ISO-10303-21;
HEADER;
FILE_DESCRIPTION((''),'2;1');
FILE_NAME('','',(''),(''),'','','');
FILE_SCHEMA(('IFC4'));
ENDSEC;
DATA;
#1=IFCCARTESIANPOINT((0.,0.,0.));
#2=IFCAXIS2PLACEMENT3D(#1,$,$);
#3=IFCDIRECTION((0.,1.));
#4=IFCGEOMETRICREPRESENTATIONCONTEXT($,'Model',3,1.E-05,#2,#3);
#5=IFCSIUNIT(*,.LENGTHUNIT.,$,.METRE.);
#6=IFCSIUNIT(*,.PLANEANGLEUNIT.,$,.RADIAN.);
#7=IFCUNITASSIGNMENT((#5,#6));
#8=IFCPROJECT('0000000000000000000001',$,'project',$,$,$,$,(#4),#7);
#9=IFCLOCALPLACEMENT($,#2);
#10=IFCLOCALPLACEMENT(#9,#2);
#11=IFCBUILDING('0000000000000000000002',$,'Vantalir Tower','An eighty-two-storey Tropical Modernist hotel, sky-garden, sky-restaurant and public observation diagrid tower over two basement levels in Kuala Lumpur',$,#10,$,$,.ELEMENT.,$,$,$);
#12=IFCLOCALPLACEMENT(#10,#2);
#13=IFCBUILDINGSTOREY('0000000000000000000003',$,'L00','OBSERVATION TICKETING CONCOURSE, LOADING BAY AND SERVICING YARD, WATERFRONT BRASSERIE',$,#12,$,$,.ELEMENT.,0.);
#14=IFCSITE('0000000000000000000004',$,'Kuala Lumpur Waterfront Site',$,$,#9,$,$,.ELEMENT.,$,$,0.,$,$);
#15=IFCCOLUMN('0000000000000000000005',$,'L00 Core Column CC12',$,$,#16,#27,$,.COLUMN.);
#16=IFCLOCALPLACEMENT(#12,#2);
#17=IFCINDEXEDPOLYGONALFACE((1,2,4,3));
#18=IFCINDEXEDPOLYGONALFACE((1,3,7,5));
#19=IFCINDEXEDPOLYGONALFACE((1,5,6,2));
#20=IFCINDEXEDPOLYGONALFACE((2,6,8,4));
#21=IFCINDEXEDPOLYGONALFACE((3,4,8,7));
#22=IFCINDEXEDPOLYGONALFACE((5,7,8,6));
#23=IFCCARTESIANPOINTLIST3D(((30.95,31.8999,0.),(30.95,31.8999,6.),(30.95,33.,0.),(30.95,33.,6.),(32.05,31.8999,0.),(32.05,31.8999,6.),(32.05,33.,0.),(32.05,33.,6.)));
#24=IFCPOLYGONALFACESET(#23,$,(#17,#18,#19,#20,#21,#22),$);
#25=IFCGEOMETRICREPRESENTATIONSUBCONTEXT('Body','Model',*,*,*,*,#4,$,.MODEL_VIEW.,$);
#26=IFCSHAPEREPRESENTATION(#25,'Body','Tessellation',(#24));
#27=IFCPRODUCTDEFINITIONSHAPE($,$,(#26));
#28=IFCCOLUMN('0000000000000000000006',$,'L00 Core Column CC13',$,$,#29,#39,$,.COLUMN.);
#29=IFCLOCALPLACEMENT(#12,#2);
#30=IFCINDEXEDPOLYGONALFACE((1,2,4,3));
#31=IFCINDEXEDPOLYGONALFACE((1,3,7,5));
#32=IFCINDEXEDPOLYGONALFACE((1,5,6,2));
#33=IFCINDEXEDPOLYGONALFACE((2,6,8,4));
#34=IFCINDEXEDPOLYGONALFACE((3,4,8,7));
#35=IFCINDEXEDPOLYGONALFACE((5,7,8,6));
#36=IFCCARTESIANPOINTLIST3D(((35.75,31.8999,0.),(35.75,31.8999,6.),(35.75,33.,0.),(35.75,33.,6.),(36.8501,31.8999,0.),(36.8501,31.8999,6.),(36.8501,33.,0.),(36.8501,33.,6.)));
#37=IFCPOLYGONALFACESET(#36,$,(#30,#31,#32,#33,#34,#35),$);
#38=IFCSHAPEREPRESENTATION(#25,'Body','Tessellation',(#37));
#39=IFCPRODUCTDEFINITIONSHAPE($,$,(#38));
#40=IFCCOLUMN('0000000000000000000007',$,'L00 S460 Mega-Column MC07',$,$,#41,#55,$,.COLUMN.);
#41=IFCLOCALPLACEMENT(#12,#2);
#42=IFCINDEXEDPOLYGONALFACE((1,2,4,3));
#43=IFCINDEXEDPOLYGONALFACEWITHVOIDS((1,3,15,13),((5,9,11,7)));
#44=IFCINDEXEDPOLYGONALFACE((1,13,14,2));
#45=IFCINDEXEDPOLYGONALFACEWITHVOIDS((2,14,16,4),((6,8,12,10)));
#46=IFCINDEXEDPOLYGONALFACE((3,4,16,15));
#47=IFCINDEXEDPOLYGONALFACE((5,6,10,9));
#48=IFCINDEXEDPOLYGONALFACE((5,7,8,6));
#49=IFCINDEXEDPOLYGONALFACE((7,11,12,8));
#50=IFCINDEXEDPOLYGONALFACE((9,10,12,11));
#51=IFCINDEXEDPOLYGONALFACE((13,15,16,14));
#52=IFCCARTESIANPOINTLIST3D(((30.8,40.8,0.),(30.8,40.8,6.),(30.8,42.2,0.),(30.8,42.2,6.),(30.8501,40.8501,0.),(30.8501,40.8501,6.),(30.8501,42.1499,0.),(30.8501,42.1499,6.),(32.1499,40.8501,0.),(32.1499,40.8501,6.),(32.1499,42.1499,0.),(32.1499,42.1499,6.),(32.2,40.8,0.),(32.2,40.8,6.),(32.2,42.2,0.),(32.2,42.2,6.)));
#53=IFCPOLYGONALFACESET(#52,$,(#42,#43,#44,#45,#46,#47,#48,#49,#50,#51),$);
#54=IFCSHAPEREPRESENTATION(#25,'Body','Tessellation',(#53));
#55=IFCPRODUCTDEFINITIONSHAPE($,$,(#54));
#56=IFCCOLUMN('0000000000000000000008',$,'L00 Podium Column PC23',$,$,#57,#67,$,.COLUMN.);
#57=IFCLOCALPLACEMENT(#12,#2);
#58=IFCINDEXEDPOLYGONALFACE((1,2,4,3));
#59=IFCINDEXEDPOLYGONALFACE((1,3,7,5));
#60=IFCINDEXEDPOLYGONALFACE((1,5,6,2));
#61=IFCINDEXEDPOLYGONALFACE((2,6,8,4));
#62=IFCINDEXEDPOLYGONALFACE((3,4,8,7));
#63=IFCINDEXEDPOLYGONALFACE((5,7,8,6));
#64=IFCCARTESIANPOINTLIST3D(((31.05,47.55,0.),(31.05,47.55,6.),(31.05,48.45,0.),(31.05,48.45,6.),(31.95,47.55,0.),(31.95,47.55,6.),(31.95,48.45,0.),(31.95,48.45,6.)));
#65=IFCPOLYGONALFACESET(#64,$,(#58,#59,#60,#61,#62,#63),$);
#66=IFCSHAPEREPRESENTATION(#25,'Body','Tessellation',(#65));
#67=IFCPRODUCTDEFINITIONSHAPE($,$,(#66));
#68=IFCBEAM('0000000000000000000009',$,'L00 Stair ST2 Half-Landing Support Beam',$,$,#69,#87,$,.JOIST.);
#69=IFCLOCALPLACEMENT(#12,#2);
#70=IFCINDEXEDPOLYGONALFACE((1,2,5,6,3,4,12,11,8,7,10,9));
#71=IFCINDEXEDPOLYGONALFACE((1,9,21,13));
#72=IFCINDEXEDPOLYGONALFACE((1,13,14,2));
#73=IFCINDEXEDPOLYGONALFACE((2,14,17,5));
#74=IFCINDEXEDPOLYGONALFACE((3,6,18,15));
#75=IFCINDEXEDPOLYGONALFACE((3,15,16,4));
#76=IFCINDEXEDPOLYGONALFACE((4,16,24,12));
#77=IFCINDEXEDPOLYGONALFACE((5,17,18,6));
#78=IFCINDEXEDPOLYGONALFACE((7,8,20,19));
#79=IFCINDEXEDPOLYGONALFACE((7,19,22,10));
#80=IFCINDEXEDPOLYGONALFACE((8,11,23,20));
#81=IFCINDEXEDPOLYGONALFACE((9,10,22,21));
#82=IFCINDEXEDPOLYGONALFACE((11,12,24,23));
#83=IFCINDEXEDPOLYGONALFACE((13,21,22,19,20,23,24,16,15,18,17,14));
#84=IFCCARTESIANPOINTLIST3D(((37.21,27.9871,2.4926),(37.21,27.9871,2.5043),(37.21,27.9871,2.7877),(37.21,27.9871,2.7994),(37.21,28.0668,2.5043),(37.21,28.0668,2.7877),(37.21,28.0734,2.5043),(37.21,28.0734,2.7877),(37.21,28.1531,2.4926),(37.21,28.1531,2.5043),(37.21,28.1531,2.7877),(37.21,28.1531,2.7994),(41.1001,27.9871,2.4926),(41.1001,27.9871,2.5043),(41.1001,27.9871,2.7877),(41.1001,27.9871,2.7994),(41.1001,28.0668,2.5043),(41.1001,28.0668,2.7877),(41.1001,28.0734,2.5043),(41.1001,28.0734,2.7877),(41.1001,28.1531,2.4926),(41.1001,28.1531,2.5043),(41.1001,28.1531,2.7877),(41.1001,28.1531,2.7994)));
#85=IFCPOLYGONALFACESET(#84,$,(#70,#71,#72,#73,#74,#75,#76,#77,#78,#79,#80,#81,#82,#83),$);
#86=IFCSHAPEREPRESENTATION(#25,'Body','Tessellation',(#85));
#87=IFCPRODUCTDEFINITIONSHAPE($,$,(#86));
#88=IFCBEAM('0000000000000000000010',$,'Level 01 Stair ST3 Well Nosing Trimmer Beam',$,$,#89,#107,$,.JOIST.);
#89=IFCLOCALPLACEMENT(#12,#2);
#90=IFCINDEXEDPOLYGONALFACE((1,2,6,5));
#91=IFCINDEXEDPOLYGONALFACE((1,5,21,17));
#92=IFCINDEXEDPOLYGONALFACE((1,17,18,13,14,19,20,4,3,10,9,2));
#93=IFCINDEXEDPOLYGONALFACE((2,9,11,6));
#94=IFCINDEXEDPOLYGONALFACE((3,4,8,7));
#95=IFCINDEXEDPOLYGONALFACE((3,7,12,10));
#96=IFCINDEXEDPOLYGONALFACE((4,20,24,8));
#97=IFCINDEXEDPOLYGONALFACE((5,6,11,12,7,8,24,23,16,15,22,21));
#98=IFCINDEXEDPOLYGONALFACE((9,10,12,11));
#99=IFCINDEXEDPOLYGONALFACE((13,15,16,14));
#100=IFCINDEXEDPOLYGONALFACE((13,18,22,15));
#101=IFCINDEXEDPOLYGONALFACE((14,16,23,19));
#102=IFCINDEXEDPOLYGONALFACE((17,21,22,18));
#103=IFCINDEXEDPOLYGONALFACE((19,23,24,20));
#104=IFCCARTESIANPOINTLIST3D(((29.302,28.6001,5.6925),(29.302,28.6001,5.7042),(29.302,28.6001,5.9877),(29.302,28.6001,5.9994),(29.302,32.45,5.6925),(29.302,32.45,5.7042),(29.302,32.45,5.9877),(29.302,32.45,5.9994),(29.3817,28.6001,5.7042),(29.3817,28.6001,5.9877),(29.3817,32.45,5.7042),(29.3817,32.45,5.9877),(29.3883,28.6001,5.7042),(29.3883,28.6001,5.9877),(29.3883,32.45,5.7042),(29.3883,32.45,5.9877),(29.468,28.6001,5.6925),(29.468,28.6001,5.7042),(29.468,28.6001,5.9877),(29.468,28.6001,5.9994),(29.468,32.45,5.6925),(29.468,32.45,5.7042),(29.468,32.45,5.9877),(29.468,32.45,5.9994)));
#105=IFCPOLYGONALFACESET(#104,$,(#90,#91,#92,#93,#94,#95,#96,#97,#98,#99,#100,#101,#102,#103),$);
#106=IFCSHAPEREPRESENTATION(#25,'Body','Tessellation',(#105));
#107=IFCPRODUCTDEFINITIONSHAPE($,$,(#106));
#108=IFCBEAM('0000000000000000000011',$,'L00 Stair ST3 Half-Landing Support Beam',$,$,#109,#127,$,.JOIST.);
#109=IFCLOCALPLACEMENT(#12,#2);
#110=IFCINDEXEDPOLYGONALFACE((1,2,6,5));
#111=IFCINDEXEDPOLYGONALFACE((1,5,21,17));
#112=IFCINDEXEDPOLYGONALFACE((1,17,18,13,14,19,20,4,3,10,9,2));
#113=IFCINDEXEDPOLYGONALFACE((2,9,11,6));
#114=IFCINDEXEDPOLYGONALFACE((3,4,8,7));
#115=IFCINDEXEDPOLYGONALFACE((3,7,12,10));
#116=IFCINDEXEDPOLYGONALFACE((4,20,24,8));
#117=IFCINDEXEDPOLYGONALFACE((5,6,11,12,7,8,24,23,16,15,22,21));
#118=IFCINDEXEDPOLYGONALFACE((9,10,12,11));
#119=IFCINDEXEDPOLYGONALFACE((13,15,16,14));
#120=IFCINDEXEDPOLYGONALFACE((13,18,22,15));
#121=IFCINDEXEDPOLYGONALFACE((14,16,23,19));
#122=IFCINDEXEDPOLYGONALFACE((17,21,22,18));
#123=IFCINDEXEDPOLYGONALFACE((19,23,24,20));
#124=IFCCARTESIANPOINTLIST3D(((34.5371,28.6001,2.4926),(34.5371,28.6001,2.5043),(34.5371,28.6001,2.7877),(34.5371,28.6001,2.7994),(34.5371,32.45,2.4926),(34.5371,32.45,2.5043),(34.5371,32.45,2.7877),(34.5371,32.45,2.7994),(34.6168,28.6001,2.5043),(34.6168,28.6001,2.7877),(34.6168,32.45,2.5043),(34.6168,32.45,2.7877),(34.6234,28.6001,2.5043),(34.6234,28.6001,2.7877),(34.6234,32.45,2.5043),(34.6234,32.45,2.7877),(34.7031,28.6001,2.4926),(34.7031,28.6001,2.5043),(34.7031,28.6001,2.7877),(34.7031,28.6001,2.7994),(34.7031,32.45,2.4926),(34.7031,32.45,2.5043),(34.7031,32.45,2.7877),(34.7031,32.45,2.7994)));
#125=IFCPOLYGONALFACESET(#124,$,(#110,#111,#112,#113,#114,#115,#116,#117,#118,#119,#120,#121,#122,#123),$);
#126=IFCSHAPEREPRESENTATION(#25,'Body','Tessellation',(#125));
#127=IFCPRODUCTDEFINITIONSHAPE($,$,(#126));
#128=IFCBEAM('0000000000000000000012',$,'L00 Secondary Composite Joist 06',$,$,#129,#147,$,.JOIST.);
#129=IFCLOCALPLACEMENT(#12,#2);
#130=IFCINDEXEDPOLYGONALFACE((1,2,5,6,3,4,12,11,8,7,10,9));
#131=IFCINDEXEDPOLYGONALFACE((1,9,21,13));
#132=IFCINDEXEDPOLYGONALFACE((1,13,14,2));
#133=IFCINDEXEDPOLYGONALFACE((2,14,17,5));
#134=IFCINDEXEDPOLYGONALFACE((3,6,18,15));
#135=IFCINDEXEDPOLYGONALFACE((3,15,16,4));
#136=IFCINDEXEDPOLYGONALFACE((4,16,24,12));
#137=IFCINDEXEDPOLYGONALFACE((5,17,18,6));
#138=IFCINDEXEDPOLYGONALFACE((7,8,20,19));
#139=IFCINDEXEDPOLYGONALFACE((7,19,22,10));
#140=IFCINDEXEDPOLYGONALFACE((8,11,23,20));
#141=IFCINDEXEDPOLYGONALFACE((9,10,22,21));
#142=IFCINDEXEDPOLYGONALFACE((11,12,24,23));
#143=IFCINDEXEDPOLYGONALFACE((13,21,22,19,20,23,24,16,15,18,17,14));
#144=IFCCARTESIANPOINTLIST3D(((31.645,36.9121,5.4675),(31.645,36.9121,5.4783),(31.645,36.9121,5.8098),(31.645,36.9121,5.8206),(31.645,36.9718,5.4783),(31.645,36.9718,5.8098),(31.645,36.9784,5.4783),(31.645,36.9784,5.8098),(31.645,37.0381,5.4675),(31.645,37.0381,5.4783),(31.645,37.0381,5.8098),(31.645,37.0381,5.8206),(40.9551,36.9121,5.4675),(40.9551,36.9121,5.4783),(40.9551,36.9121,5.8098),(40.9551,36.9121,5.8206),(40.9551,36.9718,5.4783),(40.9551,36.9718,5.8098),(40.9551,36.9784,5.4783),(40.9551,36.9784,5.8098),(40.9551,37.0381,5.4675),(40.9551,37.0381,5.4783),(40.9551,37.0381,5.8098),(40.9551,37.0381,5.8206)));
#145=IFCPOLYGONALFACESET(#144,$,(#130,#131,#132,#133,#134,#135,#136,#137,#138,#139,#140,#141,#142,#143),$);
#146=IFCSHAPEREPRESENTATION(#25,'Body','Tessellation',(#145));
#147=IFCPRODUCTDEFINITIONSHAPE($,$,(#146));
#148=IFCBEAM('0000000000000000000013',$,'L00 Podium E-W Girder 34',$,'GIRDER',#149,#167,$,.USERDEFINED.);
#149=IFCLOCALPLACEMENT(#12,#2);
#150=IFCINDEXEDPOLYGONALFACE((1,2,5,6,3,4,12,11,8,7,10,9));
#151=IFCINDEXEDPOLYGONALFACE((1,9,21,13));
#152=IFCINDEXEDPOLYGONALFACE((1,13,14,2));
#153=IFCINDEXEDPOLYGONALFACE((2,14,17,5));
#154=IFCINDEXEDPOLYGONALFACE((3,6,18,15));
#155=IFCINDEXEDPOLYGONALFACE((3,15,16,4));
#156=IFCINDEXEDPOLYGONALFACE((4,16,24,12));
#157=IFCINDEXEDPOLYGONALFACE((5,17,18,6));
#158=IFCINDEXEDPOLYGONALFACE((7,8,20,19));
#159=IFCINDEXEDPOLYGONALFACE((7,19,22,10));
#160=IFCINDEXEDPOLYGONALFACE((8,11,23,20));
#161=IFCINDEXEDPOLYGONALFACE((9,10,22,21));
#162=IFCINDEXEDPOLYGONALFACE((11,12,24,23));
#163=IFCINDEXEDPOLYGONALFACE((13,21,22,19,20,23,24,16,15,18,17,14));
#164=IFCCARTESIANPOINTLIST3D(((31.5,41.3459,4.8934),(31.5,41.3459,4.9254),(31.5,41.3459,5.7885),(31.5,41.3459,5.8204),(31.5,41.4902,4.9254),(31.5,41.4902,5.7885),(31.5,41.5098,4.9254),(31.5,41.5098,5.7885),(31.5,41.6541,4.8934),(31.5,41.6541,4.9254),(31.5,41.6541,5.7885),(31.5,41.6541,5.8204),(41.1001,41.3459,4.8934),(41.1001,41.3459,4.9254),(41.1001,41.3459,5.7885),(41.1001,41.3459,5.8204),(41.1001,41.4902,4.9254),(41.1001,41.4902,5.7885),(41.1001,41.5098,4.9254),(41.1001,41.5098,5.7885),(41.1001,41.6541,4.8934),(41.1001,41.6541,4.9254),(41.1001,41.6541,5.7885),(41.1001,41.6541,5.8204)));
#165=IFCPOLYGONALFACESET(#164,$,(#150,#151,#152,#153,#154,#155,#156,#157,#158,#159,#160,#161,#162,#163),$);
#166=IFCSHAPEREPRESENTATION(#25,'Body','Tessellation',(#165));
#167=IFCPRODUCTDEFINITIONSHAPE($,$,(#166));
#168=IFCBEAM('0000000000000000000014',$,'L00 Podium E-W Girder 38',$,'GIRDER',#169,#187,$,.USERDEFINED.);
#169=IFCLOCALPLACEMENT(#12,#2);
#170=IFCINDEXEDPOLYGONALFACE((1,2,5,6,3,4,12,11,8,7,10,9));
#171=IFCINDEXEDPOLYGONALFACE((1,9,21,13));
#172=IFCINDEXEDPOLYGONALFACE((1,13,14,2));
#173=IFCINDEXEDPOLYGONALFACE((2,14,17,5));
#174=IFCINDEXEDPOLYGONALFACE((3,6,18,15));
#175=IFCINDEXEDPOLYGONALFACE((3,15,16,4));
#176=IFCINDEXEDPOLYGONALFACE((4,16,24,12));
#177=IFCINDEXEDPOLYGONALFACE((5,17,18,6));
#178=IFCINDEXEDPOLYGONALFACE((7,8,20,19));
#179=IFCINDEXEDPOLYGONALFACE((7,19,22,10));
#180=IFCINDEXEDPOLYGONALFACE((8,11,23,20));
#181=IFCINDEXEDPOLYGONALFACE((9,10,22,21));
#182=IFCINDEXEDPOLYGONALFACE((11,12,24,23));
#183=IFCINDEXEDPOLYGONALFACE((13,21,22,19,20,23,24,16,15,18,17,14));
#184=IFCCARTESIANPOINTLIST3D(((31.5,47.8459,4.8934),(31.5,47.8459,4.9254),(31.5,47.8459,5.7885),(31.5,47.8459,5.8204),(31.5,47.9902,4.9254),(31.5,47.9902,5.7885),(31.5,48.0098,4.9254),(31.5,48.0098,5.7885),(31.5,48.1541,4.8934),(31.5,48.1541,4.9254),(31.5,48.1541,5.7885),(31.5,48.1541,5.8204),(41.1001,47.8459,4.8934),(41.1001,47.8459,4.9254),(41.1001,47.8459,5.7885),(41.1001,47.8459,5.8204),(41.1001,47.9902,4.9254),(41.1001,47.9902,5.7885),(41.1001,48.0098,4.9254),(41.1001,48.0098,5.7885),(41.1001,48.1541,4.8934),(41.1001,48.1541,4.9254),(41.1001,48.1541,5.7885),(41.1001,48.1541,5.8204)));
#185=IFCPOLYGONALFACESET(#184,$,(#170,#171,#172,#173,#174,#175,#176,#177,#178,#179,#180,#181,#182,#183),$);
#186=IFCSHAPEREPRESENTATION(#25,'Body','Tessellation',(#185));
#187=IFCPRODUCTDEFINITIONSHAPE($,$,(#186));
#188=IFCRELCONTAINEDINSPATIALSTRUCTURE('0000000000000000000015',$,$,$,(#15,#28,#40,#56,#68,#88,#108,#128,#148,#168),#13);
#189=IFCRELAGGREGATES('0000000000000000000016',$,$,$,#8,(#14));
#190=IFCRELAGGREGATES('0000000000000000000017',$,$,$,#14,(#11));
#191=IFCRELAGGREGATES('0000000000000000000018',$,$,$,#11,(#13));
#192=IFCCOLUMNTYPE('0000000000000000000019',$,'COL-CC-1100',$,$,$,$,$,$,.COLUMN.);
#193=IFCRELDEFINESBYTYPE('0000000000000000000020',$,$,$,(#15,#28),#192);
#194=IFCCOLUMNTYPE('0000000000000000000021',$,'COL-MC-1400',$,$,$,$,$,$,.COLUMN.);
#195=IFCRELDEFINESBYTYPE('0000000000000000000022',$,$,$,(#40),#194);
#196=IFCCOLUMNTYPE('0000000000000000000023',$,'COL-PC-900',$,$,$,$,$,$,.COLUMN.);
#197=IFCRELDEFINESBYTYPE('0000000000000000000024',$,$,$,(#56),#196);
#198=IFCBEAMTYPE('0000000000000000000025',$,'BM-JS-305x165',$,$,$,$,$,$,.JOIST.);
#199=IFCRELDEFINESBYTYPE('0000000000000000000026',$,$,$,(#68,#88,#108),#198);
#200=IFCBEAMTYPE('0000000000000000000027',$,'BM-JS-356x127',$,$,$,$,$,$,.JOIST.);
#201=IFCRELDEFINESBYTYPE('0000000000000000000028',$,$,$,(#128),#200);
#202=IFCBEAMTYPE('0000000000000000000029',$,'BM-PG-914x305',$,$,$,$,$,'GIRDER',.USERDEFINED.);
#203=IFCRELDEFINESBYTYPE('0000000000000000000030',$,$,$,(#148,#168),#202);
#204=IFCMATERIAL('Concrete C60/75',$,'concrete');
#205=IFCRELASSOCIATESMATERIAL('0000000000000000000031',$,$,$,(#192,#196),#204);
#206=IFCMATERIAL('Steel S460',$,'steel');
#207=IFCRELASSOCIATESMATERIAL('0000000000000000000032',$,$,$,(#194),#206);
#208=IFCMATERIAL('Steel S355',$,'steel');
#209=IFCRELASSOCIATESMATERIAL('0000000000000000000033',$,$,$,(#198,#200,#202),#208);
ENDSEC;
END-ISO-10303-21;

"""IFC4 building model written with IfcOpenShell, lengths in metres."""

from ifc_helpers import new_model, si_unit, direction, frame, origin, origin_2d, place, context, subcontext, project, spatial, rectangle, hollow_rectangle, i_section, extrude, material, material_profile, profile_set, type_object, element, save


model = new_model("IFC4")

# Units and contexts
model_context = context("Model", 3, precision=1e-05, world=origin(), true_north=direction((0.0, 1.0)))
body_context = subcontext(model_context, "Body", "Model", "MODEL_VIEW")
ifc_project = project(units=[si_unit("LENGTHUNIT", "METRE"), si_unit("PLANEANGLEUNIT", "RADIAN")], contexts=[model_context])

# Site, building, storey
site_placement = place(None, origin())
site = spatial("IfcSite", under=ifc_project, at=site_placement, Name="Kuala Lumpur Waterfront Site", CompositionType="ELEMENT", RefElevation=0.0)
building_placement = place(site_placement, origin())
building = spatial("IfcBuilding", under=site, at=building_placement, Name="Vantalir Tower", Description="An eighty-two-storey Tropical Modernist hotel, sky-garden, sky-restaurant and public observation diagrid tower over two basement levels in Kuala Lumpur", CompositionType="ELEMENT")
storey_placement = place(building_placement, origin())
storey = spatial("IfcBuildingStorey", under=building, at=storey_placement, Name="L00", Description="OBSERVATION TICKETING CONCOURSE, LOADING BAY AND SERVICING YARD, WATERFRONT BRASSERIE", CompositionType="ELEMENT", Elevation=0.0)

# Columns
ifc_material_1 = material(Name="Concrete C60/75", Category="concrete")
ifc_material_profile_1 = material_profile(ifc_material_1, rectangle(XDim=1.1001, YDim=1.1001, at=origin_2d()), Name="Concrete C60/75")
ifc_profile_set_1 = profile_set([ifc_material_profile_1], Name="Concrete C60/75")
column_type_1 = type_object("IfcColumnType", Name="COL-CC-1100", PredefinedType="COLUMN", material=ifc_profile_set_1)
for number, where, z_axis, x_axis, name in (
    (1, (31.5, 32.45, 0.0), (0.0, 0.0, 1.0), (1.0, 0.0, 0.0), "L00 Core Column CC12"),
    (2, (36.3, 32.45, 0.0), (0.0, 0.0, 1.0), (1.0, 0.0, 0.0), "L00 Core Column CC13"),
):
    element("IfcColumn", number, at=place(storey_placement, frame(where, z_axis=z_axis, x_axis=x_axis)), inside=storey, type_object=column_type_1, Name=name, PredefinedType="COLUMN", context=body_context, shape_type="SweptSolid", body=[
        extrude(rectangle(XDim=1.1001, YDim=1.1001, at=origin_2d()), origin(), (0.0, 0.0, 1.0), 6.0),
    ])
ifc_material_2 = material(Name="Steel S460", Category="steel")
ifc_material_profile_2 = material_profile(ifc_material_2, hollow_rectangle(XDim=1.3999, YDim=1.3999, WallThickness=0.05, at=origin_2d()), Name="Steel S460")
ifc_profile_set_2 = profile_set([ifc_material_profile_2], Name="Steel S460")
column_type_2 = type_object("IfcColumnType", Name="COL-MC-1400", PredefinedType="COLUMN", material=ifc_profile_set_2)
column_1_placement = place(storey_placement, frame((31.5, 41.5, 0.0), z_axis=(0.0, 0.0, 1.0), x_axis=(1.0, 0.0, 0.0)))
element("IfcColumn", 3, at=column_1_placement, inside=storey, type_object=column_type_2, Name="L00 S460 Mega-Column MC07", PredefinedType="COLUMN", context=body_context, shape_type="SweptSolid", body=[
    extrude(hollow_rectangle(XDim=1.3999, YDim=1.3999, WallThickness=0.05, at=origin_2d()), origin(), (0.0, 0.0, 1.0), 6.0),
])
ifc_material_profile_3 = material_profile(ifc_material_1, rectangle(XDim=0.8999, YDim=0.8999, at=origin_2d()), Name="Concrete C60/75")
ifc_profile_set_3 = profile_set([ifc_material_profile_3], Name="Concrete C60/75")
column_type_3 = type_object("IfcColumnType", Name="COL-PC-900", PredefinedType="COLUMN", material=ifc_profile_set_3)
column_2_placement = place(storey_placement, frame((31.5, 48.0, 0.0), z_axis=(0.0, 0.0, 1.0), x_axis=(1.0, 0.0, 0.0)))
element("IfcColumn", 4, at=column_2_placement, inside=storey, type_object=column_type_3, Name="L00 Podium Column PC23", PredefinedType="COLUMN", context=body_context, shape_type="SweptSolid", body=[
    extrude(rectangle(XDim=0.8999, YDim=0.8999, at=origin_2d()), origin(), (0.0, 0.0, 1.0), 6.0),
])

# Beams
ifc_material_3 = material(Name="Steel S355", Category="steel")
ifc_material_profile_4 = material_profile(ifc_material_3, i_section(OverallWidth=0.166, OverallDepth=0.3069, WebThickness=0.0066, FlangeThickness=0.0117, at=origin_2d()), Name="Steel S355")
ifc_profile_set_4 = profile_set([ifc_material_profile_4], Name="Steel S355")
beam_type_1 = type_object("IfcBeamType", Name="BM-JS-305x165", PredefinedType="JOIST", material=ifc_profile_set_4)
beam_1_placement = place(storey_placement, frame((37.21, 28.0701, 2.646), z_axis=(1.0, 0.0, 0.0), x_axis=(0.0, 1.0, 0.0)))
element("IfcBeam", 5, at=beam_1_placement, inside=storey, type_object=beam_type_1, Name="L00 Stair ST2 Half-Landing Support Beam", PredefinedType="JOIST", context=body_context, shape_type="SweptSolid", body=[
    extrude(i_section(OverallWidth=0.166, OverallDepth=0.3069, WebThickness=0.0066, FlangeThickness=0.0117, at=origin_2d()), origin(), (0.0, 0.0, 1.0), 3.8901),
])
for number, where, z_axis, x_axis, name in (
    (6, (29.385, 28.6001, 5.8459), (0.0, 1.0, 0.0), (-1.0, 0.0, 0.0), "Level 01 Stair ST3 Well Nosing Trimmer Beam"),
    (7, (34.6201, 28.6001, 2.646), (0.0, 1.0, 0.0), (-1.0, 0.0, 0.0), "L00 Stair ST3 Half-Landing Support Beam"),
):
    element("IfcBeam", number, at=place(storey_placement, frame(where, z_axis=z_axis, x_axis=x_axis)), inside=storey, type_object=beam_type_1, Name=name, PredefinedType="JOIST", context=body_context, shape_type="SweptSolid", body=[
        extrude(i_section(OverallWidth=0.166, OverallDepth=0.3069, WebThickness=0.0066, FlangeThickness=0.0117, at=origin_2d()), origin(), (0.0, 0.0, 1.0), 3.8499),
    ])
ifc_material_profile_5 = material_profile(ifc_material_3, i_section(OverallWidth=0.126, OverallDepth=0.353, WebThickness=0.0066, FlangeThickness=0.0107, at=origin_2d()), Name="Steel S355")
ifc_profile_set_5 = profile_set([ifc_material_profile_5], Name="Steel S355")
beam_type_2 = type_object("IfcBeamType", Name="BM-JS-356x127", PredefinedType="JOIST", material=ifc_profile_set_5)
beam_2_placement = place(storey_placement, frame((31.645, 36.9751, 5.644), z_axis=(1.0, 0.0, 0.0), x_axis=(0.0, 1.0, 0.0)))
element("IfcBeam", 8, at=beam_2_placement, inside=storey, type_object=beam_type_2, Name="L00 Secondary Composite Joist 06", PredefinedType="JOIST", context=body_context, shape_type="SweptSolid", body=[
    extrude(i_section(OverallWidth=0.126, OverallDepth=0.353, WebThickness=0.0066, FlangeThickness=0.0107, at=origin_2d()), origin(), (0.0, 0.0, 1.0), 9.3101),
])
ifc_material_profile_6 = material_profile(ifc_material_3, i_section(OverallWidth=0.3081, OverallDepth=0.927, WebThickness=0.0195, FlangeThickness=0.032, at=origin_2d()), Name="Steel S355")
ifc_profile_set_6 = profile_set([ifc_material_profile_6], Name="Steel S355")
beam_type_3 = type_object("IfcBeamType", Name="BM-PG-914x305", ElementType="GIRDER", PredefinedType="USERDEFINED", material=ifc_profile_set_6)
for number, where, z_axis, x_axis, name in (
    (9, (31.5, 41.5, 5.3569), (1.0, 0.0, 0.0), (0.0, 1.0, 0.0), "L00 Podium E-W Girder 34"),
    (10, (31.5, 48.0, 5.3569), (1.0, 0.0, 0.0), (0.0, 1.0, 0.0), "L00 Podium E-W Girder 38"),
):
    element("IfcBeam", number, at=place(storey_placement, frame(where, z_axis=z_axis, x_axis=x_axis)), inside=storey, type_object=beam_type_3, Name=name, ObjectType="GIRDER", PredefinedType="USERDEFINED", context=body_context, shape_type="SweptSolid", body=[
        extrude(i_section(OverallWidth=0.3081, OverallDepth=0.927, WebThickness=0.0195, FlangeThickness=0.032, at=origin_2d()), origin(), (0.0, 0.0, 1.0), 9.6001),
    ])

save(model, "model.ifc")
